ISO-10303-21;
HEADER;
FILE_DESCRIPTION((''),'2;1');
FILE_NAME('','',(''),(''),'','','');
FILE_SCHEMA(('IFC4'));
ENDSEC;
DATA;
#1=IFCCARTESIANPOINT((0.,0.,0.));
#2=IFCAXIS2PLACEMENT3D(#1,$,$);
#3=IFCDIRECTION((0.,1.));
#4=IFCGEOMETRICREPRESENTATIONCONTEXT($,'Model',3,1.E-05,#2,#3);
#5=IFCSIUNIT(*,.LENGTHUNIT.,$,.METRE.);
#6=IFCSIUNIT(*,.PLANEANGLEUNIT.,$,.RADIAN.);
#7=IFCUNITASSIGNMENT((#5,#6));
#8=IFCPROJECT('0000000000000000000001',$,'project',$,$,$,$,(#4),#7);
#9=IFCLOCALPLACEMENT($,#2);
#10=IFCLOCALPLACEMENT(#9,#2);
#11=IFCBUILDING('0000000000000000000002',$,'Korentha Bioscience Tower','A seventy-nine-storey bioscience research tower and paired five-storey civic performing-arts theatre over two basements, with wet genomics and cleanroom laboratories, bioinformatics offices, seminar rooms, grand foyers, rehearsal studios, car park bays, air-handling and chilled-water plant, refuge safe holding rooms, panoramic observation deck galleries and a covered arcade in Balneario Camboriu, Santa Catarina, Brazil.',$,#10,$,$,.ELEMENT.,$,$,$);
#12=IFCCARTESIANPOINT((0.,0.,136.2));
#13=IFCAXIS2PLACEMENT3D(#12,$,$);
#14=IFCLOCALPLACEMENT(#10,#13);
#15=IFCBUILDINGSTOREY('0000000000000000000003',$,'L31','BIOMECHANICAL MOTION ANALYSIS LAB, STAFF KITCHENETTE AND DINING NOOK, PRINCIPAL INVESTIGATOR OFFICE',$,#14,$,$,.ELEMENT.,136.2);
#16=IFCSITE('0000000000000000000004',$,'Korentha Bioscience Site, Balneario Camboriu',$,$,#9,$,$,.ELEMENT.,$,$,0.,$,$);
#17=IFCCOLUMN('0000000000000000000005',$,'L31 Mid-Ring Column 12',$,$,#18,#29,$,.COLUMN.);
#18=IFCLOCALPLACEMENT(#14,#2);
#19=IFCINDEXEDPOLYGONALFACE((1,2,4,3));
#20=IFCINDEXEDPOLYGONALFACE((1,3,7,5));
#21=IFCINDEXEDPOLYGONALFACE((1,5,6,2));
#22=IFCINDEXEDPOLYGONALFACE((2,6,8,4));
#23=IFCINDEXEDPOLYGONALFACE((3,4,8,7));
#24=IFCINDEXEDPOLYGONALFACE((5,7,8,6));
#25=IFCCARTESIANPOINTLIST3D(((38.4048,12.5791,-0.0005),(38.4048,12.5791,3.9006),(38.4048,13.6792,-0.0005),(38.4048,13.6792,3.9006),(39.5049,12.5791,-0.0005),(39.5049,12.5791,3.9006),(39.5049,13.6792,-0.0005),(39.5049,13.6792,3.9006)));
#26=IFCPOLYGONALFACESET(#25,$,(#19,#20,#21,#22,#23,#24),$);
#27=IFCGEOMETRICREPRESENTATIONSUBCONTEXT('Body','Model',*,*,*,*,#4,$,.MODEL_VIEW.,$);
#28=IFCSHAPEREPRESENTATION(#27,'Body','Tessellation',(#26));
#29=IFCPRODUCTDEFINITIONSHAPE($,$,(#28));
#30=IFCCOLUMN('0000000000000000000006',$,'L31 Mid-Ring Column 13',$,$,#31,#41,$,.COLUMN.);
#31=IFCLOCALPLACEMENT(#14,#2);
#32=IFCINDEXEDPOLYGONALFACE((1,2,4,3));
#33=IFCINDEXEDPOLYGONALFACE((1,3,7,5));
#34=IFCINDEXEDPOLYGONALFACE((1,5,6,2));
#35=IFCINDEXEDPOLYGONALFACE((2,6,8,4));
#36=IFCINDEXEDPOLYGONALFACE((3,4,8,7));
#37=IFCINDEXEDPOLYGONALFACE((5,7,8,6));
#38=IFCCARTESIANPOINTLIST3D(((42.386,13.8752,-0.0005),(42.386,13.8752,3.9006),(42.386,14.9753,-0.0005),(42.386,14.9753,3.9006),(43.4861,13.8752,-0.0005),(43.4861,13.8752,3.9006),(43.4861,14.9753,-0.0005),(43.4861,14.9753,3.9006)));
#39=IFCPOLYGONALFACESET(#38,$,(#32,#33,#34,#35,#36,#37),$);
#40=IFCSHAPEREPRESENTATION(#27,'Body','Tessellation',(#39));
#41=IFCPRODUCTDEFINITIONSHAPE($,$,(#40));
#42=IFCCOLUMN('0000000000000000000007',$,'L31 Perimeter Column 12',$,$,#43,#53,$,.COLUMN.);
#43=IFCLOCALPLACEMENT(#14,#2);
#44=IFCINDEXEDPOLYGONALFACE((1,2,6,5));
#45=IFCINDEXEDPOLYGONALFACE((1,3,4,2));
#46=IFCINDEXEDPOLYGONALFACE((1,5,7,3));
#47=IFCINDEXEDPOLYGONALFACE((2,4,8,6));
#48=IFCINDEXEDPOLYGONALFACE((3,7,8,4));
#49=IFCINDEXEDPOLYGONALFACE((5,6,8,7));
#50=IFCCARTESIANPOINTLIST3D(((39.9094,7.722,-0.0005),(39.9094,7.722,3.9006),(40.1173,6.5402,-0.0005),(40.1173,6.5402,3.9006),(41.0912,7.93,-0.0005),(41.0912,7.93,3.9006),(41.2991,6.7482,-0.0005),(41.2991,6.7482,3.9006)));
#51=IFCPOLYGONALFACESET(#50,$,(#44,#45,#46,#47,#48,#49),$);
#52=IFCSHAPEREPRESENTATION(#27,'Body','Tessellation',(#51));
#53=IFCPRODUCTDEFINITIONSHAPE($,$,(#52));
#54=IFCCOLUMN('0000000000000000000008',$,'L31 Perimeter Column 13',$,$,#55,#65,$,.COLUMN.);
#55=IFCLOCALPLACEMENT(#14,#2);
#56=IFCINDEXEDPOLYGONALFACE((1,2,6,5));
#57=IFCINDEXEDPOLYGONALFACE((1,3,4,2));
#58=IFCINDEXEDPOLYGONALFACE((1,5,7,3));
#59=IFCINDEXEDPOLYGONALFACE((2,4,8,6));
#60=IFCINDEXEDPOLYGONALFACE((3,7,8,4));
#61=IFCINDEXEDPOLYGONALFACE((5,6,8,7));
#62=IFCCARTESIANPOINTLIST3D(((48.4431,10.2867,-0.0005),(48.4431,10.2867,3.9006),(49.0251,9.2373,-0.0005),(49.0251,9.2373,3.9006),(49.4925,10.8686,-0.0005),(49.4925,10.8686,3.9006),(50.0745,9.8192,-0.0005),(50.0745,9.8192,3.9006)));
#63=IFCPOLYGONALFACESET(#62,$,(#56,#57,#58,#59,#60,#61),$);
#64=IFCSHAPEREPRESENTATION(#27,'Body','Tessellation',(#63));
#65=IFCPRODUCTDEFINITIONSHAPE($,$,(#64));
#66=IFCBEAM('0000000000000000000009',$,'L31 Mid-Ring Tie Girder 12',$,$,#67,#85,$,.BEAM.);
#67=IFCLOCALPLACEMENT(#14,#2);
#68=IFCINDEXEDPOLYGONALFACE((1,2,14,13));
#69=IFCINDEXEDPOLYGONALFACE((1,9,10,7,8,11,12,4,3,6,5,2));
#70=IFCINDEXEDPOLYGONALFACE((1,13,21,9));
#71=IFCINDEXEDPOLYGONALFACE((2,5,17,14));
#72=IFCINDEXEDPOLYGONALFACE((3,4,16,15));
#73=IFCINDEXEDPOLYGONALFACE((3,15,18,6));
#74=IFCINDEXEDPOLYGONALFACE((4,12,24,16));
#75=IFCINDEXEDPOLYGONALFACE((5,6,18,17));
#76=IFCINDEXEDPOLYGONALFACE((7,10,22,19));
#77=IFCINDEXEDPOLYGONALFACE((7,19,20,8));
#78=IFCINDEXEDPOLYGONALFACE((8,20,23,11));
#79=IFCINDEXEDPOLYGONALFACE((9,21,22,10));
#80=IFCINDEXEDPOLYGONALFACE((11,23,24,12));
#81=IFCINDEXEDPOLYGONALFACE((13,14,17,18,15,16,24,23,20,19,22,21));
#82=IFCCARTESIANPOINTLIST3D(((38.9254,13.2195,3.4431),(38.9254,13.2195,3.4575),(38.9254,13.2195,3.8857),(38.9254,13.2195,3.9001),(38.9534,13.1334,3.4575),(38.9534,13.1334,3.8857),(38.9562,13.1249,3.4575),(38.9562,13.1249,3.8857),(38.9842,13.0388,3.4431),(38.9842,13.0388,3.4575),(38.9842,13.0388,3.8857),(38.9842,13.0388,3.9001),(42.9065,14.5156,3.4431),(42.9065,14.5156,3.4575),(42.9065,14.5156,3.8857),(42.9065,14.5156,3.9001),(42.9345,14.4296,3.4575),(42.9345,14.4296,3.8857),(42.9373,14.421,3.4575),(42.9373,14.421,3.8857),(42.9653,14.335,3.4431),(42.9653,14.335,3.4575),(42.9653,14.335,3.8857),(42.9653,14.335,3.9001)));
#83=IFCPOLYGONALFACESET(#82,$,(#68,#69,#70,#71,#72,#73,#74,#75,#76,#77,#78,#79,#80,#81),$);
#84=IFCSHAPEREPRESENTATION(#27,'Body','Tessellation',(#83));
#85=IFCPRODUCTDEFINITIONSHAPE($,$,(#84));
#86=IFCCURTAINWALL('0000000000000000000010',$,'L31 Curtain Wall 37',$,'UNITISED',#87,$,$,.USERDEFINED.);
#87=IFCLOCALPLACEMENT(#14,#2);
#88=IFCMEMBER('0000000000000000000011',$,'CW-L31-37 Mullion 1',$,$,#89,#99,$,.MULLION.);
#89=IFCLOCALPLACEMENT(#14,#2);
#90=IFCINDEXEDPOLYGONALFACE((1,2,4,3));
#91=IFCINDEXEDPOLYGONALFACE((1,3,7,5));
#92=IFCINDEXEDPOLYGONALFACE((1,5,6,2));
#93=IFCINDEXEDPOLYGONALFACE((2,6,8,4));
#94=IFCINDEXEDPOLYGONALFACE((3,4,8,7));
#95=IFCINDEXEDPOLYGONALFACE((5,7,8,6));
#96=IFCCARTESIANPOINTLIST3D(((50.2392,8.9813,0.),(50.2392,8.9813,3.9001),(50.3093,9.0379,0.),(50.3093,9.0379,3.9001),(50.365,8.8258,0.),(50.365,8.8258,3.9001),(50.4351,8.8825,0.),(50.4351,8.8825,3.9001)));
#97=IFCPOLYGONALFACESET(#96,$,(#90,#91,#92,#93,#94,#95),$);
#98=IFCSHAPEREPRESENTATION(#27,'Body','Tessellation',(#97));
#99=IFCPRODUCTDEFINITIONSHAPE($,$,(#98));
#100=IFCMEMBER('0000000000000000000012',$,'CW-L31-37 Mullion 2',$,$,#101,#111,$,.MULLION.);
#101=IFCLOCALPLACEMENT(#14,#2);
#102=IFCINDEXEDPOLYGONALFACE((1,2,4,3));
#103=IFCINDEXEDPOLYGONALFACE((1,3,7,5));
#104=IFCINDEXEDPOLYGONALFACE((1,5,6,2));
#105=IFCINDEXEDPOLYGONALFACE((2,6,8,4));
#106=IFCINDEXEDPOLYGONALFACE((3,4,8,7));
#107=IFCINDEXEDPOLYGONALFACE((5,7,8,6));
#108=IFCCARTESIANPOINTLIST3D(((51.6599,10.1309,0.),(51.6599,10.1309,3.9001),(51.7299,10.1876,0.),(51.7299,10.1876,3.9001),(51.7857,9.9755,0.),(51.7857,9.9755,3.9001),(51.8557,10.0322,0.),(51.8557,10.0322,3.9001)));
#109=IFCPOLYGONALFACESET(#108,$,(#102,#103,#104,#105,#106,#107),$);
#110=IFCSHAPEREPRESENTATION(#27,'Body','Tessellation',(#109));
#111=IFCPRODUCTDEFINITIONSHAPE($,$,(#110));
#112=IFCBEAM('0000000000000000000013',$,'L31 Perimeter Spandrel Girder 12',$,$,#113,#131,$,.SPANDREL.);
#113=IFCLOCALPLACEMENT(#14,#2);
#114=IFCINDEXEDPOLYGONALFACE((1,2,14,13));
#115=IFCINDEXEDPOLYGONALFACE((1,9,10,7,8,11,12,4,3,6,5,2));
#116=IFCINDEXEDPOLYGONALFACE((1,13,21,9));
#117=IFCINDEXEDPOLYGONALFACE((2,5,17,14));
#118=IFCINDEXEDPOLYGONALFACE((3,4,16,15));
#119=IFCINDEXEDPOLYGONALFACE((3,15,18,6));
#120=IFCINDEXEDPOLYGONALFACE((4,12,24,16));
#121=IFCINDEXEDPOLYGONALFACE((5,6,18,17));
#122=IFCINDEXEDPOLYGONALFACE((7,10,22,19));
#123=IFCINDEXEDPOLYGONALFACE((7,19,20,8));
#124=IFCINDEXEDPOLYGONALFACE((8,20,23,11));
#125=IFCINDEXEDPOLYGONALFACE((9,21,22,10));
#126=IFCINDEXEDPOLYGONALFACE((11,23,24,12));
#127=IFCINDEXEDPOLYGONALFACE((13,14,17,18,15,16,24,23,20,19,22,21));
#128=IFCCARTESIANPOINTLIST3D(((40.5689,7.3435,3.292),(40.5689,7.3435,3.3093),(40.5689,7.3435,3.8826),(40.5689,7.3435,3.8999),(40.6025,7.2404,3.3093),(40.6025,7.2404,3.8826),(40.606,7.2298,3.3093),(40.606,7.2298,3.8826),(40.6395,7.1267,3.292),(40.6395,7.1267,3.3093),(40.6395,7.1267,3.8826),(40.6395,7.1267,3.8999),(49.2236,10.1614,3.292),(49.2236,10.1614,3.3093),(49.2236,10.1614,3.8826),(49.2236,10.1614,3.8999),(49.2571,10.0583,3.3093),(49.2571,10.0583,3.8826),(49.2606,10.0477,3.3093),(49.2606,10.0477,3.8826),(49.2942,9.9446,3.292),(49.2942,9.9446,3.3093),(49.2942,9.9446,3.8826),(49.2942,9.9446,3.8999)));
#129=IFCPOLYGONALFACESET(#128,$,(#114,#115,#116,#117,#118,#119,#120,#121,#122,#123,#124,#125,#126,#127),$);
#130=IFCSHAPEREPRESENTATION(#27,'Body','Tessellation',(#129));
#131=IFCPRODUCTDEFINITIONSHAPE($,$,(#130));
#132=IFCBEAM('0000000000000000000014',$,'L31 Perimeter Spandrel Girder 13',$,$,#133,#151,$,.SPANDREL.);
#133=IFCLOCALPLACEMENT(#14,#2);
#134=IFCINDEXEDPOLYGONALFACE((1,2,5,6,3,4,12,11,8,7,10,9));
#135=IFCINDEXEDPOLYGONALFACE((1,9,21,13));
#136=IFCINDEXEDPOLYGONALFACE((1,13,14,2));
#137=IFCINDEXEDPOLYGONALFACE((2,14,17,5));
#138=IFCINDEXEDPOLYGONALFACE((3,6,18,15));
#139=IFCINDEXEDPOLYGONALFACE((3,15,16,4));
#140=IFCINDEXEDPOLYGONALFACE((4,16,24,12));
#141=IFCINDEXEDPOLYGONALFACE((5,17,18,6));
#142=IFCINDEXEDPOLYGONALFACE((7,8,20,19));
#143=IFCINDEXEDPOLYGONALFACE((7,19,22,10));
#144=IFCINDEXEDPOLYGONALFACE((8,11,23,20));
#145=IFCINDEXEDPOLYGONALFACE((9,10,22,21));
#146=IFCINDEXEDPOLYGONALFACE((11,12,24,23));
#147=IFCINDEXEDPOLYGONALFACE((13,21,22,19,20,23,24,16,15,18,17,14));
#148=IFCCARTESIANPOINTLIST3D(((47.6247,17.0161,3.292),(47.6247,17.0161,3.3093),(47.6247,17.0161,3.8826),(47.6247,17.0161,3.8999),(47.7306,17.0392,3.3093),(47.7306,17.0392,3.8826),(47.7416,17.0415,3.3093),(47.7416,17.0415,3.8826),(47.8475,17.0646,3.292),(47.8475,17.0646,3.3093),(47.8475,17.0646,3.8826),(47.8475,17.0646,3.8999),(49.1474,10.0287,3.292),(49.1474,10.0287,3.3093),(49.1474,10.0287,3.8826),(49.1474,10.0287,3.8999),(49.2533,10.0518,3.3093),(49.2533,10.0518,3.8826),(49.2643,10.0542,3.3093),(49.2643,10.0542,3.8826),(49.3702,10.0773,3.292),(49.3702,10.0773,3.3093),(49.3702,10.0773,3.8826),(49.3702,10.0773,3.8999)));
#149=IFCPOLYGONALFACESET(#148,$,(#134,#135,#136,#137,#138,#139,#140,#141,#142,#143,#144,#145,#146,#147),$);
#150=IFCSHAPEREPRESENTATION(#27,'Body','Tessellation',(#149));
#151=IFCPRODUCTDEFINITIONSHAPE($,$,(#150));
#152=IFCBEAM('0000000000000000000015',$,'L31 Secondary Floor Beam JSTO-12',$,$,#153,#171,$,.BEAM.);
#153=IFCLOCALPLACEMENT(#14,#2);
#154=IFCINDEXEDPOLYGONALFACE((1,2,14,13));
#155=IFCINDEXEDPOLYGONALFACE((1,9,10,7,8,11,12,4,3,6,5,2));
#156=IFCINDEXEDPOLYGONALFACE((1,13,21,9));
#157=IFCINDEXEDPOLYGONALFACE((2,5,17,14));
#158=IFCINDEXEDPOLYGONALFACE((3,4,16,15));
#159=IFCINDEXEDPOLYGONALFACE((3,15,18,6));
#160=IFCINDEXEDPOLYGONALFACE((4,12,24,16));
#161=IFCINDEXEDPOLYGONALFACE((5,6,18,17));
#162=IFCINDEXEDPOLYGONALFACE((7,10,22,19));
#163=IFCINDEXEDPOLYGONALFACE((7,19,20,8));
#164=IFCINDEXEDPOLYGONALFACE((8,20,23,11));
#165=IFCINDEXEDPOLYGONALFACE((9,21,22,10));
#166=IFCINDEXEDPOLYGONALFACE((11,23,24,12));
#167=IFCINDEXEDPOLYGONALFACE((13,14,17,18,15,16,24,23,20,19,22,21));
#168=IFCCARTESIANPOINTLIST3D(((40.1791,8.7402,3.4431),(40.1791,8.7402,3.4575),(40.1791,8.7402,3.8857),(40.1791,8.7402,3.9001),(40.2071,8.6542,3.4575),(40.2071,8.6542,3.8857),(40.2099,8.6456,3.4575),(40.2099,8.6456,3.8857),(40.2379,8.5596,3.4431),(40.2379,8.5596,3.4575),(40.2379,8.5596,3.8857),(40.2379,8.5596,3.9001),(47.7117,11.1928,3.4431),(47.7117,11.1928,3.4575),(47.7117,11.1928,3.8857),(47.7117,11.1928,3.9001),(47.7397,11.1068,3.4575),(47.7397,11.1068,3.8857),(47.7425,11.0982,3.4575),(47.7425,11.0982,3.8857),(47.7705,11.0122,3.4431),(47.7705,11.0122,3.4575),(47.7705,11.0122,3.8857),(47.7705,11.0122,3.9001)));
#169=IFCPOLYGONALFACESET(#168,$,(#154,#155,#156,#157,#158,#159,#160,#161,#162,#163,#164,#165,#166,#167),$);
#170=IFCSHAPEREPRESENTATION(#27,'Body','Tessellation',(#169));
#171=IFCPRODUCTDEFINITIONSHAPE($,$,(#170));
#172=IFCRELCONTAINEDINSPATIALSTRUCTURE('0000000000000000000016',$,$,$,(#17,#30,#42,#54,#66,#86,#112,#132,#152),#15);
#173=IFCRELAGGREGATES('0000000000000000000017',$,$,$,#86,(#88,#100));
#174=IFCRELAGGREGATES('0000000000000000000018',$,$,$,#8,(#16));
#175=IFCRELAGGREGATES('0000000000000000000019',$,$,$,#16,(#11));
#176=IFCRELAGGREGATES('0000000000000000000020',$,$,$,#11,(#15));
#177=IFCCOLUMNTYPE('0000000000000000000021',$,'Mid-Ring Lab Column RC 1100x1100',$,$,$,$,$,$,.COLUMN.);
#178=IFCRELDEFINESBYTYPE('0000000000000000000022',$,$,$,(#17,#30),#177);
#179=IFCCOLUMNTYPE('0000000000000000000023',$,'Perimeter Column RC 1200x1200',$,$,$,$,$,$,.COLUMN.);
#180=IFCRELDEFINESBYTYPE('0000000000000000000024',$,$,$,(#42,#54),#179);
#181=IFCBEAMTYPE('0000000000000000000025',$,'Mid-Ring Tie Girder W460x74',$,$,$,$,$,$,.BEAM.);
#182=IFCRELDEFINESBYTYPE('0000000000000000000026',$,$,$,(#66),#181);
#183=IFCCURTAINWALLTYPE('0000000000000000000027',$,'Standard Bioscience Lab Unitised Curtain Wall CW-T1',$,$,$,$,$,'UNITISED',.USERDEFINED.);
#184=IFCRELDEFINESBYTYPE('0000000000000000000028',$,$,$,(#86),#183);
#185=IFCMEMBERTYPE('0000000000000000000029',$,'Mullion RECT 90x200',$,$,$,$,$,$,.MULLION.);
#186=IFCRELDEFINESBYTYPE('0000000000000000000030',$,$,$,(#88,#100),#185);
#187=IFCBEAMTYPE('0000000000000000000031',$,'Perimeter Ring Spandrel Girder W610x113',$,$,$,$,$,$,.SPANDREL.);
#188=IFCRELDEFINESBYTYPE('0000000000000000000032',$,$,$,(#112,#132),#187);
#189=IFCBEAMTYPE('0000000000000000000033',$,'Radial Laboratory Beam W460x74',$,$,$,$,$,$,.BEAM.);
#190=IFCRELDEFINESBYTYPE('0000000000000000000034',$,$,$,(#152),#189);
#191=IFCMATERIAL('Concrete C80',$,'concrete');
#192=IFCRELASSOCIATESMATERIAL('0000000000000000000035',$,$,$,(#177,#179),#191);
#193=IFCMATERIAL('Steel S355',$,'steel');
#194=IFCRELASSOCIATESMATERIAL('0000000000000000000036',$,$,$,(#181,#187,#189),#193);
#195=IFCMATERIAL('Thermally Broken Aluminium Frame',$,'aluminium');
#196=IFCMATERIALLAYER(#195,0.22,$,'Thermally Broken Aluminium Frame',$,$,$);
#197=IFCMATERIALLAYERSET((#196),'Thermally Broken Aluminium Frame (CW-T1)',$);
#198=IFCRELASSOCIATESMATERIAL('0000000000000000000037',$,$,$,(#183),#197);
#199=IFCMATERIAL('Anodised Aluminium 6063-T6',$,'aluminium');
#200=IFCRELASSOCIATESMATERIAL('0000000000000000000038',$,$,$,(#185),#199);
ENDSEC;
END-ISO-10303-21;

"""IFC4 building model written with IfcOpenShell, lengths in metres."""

from ifc_helpers import new_model, si_unit, direction, frame, origin, origin_2d, place, context, subcontext, project, spatial, rectangle, i_section, extrude, material, layer, layer_set, material_profile, profile_set, type_object, element, aggregate, save


model = new_model("IFC4")

# Units and contexts
model_context = context("Model", 3, precision=1e-05, world=origin(), true_north=direction((0.0, 1.0)))
body_context = subcontext(model_context, "Body", "Model", "MODEL_VIEW")
ifc_project = project(units=[si_unit("LENGTHUNIT", "METRE"), si_unit("PLANEANGLEUNIT", "RADIAN")], contexts=[model_context])

# Site, building, storey
site_placement = place(None, origin())
site = spatial("IfcSite", under=ifc_project, at=site_placement, Name="Korentha Bioscience Site, Balneario Camboriu", CompositionType="ELEMENT", RefElevation=0.0)
building_placement = place(site_placement, origin())
building = spatial("IfcBuilding", under=site, at=building_placement, Name="Korentha Bioscience Tower", Description="A seventy-nine-storey bioscience research tower and paired five-storey civic performing-arts theatre over two basements, with wet genomics and cleanroom laboratories, bioinformatics offices, seminar rooms, grand foyers, rehearsal studios, car park bays, air-handling and chilled-water plant, refuge safe holding rooms, panoramic observation deck galleries and a covered arcade in Balneario Camboriu, Santa Catarina, Brazil.", CompositionType="ELEMENT")
storey_placement = place(building_placement, frame((0.0, 0.0, 136.2)))
storey = spatial("IfcBuildingStorey", under=building, at=storey_placement, Name="L31", Description="BIOMECHANICAL MOTION ANALYSIS LAB, STAFF KITCHENETTE AND DINING NOOK, PRINCIPAL INVESTIGATOR OFFICE", CompositionType="ELEMENT", Elevation=136.2)

# Columns
ifc_material_1 = material(Name="Concrete C80", Category="concrete")
ifc_material_profile_1 = material_profile(ifc_material_1, rectangle(XDim=1.1001, YDim=1.1001, at=origin_2d()), Name="Concrete C80")
ifc_profile_set_1 = profile_set([ifc_material_profile_1], Name="Concrete C80 (COL-MR11)")
column_type_1 = type_object("IfcColumnType", Name="Mid-Ring Lab Column RC 1100x1100", PredefinedType="COLUMN", material=ifc_profile_set_1)
for number, where, z_axis, x_axis, name in (
    (1, (38.9548, 13.1292, -0.0005), (0.0, 0.0, 1.0), (1.0, 0.0, 0.0), "L31 Mid-Ring Column 12"),
    (2, (42.936, 14.4253, -0.0005), (0.0, 0.0, 1.0), (1.0, 0.0, 0.0), "L31 Mid-Ring Column 13"),
):
    element("IfcColumn", number, at=place(storey_placement, frame(where, z_axis=z_axis, x_axis=x_axis)), inside=storey, type_object=column_type_1, Name=name, PredefinedType="COLUMN", context=body_context, shape_type="SweptSolid", body=[
        extrude(rectangle(XDim=1.1001, YDim=1.1001, at=origin_2d()), origin(), (0.0, 0.0, 1.0), 3.9011),
    ])
ifc_material_profile_2 = material_profile(ifc_material_1, rectangle(XDim=1.2, YDim=1.2, at=origin_2d()), Name="Concrete C80")
ifc_profile_set_2 = profile_set([ifc_material_profile_2], Name="Concrete C80 (COL-P12)")
column_type_2 = type_object("IfcColumnType", Name="Perimeter Column RC 1200x1200", PredefinedType="COLUMN", material=ifc_profile_set_2)
for number, where, z_axis, x_axis, name in (
    (3, (40.6042, 7.2351, -0.0005), (0.0, 0.0, 1.0), (0.984868, 0.173304, 0.0), "L31 Perimeter Column 12"),
    (4, (49.2588, 10.053, -0.0005), (0.0, 0.0, 1.0), (0.874535, 0.484962, 0.0), "L31 Perimeter Column 13"),
):
    element("IfcColumn", number, at=place(storey_placement, frame(where, z_axis=z_axis, x_axis=x_axis)), inside=storey, type_object=column_type_2, Name=name, PredefinedType="COLUMN", context=body_context, shape_type="SweptSolid", body=[
        extrude(rectangle(XDim=1.2, YDim=1.2, at=origin_2d()), origin(), (0.0, 0.0, 1.0), 3.9011),
    ])

# Beam
ifc_material_2 = material(Name="Steel S355", Category="steel")
ifc_material_profile_3 = material_profile(ifc_material_2, i_section(OverallWidth=0.1899, OverallDepth=0.457, WebThickness=0.009, FlangeThickness=0.0144, at=origin_2d()), Name="Steel S355")
ifc_profile_set_3 = profile_set([ifc_material_profile_3], Name="Steel S355 (MB-460)")
beam_type_1 = type_object("IfcBeamType", Name="Mid-Ring Tie Girder W460x74", PredefinedType="BEAM", material=ifc_profile_set_3)
beam_1_placement = place(storey_placement, frame((38.9548, 13.1292, 3.6716), z_axis=(0.950876, 0.309573, 0.0), x_axis=(-0.309573, 0.950876, 0.0)))
element("IfcBeam", 5, at=beam_1_placement, inside=storey, type_object=beam_type_1, Name="L31 Mid-Ring Tie Girder 12", PredefinedType="BEAM", context=body_context, shape_type="SweptSolid", body=[
    extrude(i_section(OverallWidth=0.1899, OverallDepth=0.457, WebThickness=0.009, FlangeThickness=0.0144, at=origin_2d()), origin(), (0.0, 0.0, 1.0), 4.1868),
])

# Curtain wall, members
ifc_material_3 = material(Name="Thermally Broken Aluminium Frame", Category="aluminium")
ifc_layer_1 = layer(ifc_material_3, 0.22, Name="Thermally Broken Aluminium Frame")
ifc_layer_set_1 = layer_set([ifc_layer_1], Name="Thermally Broken Aluminium Frame (CW-T1)")
curtain_wall_type = type_object("IfcCurtainWallType", Name="Standard Bioscience Lab Unitised Curtain Wall CW-T1", ElementType="UNITISED", PredefinedType="USERDEFINED", material=ifc_layer_set_1)
curtain_wall_placement = place(storey_placement, origin())
curtain_wall = element("IfcCurtainWall", 6, at=curtain_wall_placement, inside=storey, type_object=curtain_wall_type, Name="L31 Curtain Wall 37", ObjectType="UNITISED", PredefinedType="USERDEFINED")
ifc_material_4 = material(Name="Anodised Aluminium 6063-T6", Category="aluminium")
ifc_material_profile_4 = material_profile(ifc_material_4, rectangle(XDim=0.0901, YDim=0.2, at=origin_2d()), Name="Anodised Aluminium 6063-T6")
ifc_profile_set_4 = profile_set([ifc_material_profile_4], Name="Anodised Aluminium 6063-T6 (CW-MUL)")
member_type_1 = type_object("IfcMemberType", Name="Mullion RECT 90x200", PredefinedType="MULLION", material=ifc_profile_set_4)
member_1_placement = place(storey_placement, frame((50.3372, 8.9319, 0.0), z_axis=(0.0, 0.0, 1.0), x_axis=(0.777315, 0.629111, 0.0)))
member_1 = element("IfcMember", 7, at=member_1_placement, type_object=member_type_1, Name="CW-L31-37 Mullion 1", PredefinedType="MULLION", context=body_context, shape_type="SweptSolid", body=[
    extrude(rectangle(XDim=0.0901, YDim=0.2, at=origin_2d()), origin(), (0.0, 0.0, 1.0), 3.9001),
])
member_2_placement = place(storey_placement, frame((51.7578, 10.0815, 0.0), z_axis=(0.0, 0.0, 1.0), x_axis=(0.777315, 0.629111, 0.0)))
member_2 = element("IfcMember", 8, at=member_2_placement, type_object=member_type_1, Name="CW-L31-37 Mullion 2", PredefinedType="MULLION", context=body_context, shape_type="SweptSolid", body=[
    extrude(rectangle(XDim=0.0901, YDim=0.2, at=origin_2d()), origin(), (0.0, 0.0, 1.0), 3.9001),
])

# Beams
ifc_material_profile_5 = material_profile(ifc_material_2, i_section(OverallWidth=0.228, OverallDepth=0.6079, WebThickness=0.0112, FlangeThickness=0.0173, at=origin_2d()), Name="Steel S355")
ifc_profile_set_5 = profile_set([ifc_material_profile_5], Name="Steel S355 (SB-610)")
beam_type_2 = type_object("IfcBeamType", Name="Perimeter Ring Spandrel Girder W610x113", PredefinedType="SPANDREL", material=ifc_profile_set_5)
beam_2_placement = place(storey_placement, frame((40.6042, 7.2351, 3.5959), z_axis=(0.950868, 0.309597, 0.0), x_axis=(-0.309597, 0.950868, 0.0)))
element("IfcBeam", 9, at=beam_2_placement, inside=storey, type_object=beam_type_2, Name="L31 Perimeter Spandrel Girder 12", PredefinedType="SPANDREL", context=body_context, shape_type="SweptSolid", body=[
    extrude(i_section(OverallWidth=0.228, OverallDepth=0.6079, WebThickness=0.0112, FlangeThickness=0.0173, at=origin_2d()), origin(), (0.0, 0.0, 1.0), 9.1018),
])
beam_3_placement = place(storey_placement, frame((49.2588, 10.053, 3.5959), z_axis=(-0.212927, 0.977068, 0.0), x_axis=(-0.977068, -0.212927, 0.0)))
element("IfcBeam", 10, at=beam_3_placement, inside=storey, type_object=beam_type_2, Name="L31 Perimeter Spandrel Girder 13", PredefinedType="SPANDREL", context=body_context, shape_type="SweptSolid", body=[
    extrude(i_section(OverallWidth=0.228, OverallDepth=0.6079, WebThickness=0.0112, FlangeThickness=0.0173, at=origin_2d()), origin(), (0.0, 0.0, 1.0), 7.1514),
])
ifc_material_profile_6 = material_profile(ifc_material_2, i_section(OverallWidth=0.1899, OverallDepth=0.457, WebThickness=0.009, FlangeThickness=0.0144, at=origin_2d()), Name="Steel S355")
ifc_profile_set_6 = profile_set([ifc_material_profile_6], Name="Steel S355 (RB-460)")
beam_type_3 = type_object("IfcBeamType", Name="Radial Laboratory Beam W460x74", PredefinedType="BEAM", material=ifc_profile_set_6)
beam_4_placement = place(storey_placement, frame((40.2085, 8.6499, 3.6716), z_axis=(0.950867, 0.3096, 0.0), x_axis=(-0.3096, 0.950867, 0.0)))
element("IfcBeam", 11, at=beam_4_placement, inside=storey, type_object=beam_type_3, Name="L31 Secondary Floor Beam JSTO-12", PredefinedType="BEAM", context=body_context, shape_type="SweptSolid", body=[
    extrude(i_section(OverallWidth=0.1899, OverallDepth=0.457, WebThickness=0.009, FlangeThickness=0.0144, at=origin_2d()), origin(), (0.0, 0.0, 1.0), 7.9219),
])

aggregate(curtain_wall, [member_1, member_2])

save(model, "model.ifc")
